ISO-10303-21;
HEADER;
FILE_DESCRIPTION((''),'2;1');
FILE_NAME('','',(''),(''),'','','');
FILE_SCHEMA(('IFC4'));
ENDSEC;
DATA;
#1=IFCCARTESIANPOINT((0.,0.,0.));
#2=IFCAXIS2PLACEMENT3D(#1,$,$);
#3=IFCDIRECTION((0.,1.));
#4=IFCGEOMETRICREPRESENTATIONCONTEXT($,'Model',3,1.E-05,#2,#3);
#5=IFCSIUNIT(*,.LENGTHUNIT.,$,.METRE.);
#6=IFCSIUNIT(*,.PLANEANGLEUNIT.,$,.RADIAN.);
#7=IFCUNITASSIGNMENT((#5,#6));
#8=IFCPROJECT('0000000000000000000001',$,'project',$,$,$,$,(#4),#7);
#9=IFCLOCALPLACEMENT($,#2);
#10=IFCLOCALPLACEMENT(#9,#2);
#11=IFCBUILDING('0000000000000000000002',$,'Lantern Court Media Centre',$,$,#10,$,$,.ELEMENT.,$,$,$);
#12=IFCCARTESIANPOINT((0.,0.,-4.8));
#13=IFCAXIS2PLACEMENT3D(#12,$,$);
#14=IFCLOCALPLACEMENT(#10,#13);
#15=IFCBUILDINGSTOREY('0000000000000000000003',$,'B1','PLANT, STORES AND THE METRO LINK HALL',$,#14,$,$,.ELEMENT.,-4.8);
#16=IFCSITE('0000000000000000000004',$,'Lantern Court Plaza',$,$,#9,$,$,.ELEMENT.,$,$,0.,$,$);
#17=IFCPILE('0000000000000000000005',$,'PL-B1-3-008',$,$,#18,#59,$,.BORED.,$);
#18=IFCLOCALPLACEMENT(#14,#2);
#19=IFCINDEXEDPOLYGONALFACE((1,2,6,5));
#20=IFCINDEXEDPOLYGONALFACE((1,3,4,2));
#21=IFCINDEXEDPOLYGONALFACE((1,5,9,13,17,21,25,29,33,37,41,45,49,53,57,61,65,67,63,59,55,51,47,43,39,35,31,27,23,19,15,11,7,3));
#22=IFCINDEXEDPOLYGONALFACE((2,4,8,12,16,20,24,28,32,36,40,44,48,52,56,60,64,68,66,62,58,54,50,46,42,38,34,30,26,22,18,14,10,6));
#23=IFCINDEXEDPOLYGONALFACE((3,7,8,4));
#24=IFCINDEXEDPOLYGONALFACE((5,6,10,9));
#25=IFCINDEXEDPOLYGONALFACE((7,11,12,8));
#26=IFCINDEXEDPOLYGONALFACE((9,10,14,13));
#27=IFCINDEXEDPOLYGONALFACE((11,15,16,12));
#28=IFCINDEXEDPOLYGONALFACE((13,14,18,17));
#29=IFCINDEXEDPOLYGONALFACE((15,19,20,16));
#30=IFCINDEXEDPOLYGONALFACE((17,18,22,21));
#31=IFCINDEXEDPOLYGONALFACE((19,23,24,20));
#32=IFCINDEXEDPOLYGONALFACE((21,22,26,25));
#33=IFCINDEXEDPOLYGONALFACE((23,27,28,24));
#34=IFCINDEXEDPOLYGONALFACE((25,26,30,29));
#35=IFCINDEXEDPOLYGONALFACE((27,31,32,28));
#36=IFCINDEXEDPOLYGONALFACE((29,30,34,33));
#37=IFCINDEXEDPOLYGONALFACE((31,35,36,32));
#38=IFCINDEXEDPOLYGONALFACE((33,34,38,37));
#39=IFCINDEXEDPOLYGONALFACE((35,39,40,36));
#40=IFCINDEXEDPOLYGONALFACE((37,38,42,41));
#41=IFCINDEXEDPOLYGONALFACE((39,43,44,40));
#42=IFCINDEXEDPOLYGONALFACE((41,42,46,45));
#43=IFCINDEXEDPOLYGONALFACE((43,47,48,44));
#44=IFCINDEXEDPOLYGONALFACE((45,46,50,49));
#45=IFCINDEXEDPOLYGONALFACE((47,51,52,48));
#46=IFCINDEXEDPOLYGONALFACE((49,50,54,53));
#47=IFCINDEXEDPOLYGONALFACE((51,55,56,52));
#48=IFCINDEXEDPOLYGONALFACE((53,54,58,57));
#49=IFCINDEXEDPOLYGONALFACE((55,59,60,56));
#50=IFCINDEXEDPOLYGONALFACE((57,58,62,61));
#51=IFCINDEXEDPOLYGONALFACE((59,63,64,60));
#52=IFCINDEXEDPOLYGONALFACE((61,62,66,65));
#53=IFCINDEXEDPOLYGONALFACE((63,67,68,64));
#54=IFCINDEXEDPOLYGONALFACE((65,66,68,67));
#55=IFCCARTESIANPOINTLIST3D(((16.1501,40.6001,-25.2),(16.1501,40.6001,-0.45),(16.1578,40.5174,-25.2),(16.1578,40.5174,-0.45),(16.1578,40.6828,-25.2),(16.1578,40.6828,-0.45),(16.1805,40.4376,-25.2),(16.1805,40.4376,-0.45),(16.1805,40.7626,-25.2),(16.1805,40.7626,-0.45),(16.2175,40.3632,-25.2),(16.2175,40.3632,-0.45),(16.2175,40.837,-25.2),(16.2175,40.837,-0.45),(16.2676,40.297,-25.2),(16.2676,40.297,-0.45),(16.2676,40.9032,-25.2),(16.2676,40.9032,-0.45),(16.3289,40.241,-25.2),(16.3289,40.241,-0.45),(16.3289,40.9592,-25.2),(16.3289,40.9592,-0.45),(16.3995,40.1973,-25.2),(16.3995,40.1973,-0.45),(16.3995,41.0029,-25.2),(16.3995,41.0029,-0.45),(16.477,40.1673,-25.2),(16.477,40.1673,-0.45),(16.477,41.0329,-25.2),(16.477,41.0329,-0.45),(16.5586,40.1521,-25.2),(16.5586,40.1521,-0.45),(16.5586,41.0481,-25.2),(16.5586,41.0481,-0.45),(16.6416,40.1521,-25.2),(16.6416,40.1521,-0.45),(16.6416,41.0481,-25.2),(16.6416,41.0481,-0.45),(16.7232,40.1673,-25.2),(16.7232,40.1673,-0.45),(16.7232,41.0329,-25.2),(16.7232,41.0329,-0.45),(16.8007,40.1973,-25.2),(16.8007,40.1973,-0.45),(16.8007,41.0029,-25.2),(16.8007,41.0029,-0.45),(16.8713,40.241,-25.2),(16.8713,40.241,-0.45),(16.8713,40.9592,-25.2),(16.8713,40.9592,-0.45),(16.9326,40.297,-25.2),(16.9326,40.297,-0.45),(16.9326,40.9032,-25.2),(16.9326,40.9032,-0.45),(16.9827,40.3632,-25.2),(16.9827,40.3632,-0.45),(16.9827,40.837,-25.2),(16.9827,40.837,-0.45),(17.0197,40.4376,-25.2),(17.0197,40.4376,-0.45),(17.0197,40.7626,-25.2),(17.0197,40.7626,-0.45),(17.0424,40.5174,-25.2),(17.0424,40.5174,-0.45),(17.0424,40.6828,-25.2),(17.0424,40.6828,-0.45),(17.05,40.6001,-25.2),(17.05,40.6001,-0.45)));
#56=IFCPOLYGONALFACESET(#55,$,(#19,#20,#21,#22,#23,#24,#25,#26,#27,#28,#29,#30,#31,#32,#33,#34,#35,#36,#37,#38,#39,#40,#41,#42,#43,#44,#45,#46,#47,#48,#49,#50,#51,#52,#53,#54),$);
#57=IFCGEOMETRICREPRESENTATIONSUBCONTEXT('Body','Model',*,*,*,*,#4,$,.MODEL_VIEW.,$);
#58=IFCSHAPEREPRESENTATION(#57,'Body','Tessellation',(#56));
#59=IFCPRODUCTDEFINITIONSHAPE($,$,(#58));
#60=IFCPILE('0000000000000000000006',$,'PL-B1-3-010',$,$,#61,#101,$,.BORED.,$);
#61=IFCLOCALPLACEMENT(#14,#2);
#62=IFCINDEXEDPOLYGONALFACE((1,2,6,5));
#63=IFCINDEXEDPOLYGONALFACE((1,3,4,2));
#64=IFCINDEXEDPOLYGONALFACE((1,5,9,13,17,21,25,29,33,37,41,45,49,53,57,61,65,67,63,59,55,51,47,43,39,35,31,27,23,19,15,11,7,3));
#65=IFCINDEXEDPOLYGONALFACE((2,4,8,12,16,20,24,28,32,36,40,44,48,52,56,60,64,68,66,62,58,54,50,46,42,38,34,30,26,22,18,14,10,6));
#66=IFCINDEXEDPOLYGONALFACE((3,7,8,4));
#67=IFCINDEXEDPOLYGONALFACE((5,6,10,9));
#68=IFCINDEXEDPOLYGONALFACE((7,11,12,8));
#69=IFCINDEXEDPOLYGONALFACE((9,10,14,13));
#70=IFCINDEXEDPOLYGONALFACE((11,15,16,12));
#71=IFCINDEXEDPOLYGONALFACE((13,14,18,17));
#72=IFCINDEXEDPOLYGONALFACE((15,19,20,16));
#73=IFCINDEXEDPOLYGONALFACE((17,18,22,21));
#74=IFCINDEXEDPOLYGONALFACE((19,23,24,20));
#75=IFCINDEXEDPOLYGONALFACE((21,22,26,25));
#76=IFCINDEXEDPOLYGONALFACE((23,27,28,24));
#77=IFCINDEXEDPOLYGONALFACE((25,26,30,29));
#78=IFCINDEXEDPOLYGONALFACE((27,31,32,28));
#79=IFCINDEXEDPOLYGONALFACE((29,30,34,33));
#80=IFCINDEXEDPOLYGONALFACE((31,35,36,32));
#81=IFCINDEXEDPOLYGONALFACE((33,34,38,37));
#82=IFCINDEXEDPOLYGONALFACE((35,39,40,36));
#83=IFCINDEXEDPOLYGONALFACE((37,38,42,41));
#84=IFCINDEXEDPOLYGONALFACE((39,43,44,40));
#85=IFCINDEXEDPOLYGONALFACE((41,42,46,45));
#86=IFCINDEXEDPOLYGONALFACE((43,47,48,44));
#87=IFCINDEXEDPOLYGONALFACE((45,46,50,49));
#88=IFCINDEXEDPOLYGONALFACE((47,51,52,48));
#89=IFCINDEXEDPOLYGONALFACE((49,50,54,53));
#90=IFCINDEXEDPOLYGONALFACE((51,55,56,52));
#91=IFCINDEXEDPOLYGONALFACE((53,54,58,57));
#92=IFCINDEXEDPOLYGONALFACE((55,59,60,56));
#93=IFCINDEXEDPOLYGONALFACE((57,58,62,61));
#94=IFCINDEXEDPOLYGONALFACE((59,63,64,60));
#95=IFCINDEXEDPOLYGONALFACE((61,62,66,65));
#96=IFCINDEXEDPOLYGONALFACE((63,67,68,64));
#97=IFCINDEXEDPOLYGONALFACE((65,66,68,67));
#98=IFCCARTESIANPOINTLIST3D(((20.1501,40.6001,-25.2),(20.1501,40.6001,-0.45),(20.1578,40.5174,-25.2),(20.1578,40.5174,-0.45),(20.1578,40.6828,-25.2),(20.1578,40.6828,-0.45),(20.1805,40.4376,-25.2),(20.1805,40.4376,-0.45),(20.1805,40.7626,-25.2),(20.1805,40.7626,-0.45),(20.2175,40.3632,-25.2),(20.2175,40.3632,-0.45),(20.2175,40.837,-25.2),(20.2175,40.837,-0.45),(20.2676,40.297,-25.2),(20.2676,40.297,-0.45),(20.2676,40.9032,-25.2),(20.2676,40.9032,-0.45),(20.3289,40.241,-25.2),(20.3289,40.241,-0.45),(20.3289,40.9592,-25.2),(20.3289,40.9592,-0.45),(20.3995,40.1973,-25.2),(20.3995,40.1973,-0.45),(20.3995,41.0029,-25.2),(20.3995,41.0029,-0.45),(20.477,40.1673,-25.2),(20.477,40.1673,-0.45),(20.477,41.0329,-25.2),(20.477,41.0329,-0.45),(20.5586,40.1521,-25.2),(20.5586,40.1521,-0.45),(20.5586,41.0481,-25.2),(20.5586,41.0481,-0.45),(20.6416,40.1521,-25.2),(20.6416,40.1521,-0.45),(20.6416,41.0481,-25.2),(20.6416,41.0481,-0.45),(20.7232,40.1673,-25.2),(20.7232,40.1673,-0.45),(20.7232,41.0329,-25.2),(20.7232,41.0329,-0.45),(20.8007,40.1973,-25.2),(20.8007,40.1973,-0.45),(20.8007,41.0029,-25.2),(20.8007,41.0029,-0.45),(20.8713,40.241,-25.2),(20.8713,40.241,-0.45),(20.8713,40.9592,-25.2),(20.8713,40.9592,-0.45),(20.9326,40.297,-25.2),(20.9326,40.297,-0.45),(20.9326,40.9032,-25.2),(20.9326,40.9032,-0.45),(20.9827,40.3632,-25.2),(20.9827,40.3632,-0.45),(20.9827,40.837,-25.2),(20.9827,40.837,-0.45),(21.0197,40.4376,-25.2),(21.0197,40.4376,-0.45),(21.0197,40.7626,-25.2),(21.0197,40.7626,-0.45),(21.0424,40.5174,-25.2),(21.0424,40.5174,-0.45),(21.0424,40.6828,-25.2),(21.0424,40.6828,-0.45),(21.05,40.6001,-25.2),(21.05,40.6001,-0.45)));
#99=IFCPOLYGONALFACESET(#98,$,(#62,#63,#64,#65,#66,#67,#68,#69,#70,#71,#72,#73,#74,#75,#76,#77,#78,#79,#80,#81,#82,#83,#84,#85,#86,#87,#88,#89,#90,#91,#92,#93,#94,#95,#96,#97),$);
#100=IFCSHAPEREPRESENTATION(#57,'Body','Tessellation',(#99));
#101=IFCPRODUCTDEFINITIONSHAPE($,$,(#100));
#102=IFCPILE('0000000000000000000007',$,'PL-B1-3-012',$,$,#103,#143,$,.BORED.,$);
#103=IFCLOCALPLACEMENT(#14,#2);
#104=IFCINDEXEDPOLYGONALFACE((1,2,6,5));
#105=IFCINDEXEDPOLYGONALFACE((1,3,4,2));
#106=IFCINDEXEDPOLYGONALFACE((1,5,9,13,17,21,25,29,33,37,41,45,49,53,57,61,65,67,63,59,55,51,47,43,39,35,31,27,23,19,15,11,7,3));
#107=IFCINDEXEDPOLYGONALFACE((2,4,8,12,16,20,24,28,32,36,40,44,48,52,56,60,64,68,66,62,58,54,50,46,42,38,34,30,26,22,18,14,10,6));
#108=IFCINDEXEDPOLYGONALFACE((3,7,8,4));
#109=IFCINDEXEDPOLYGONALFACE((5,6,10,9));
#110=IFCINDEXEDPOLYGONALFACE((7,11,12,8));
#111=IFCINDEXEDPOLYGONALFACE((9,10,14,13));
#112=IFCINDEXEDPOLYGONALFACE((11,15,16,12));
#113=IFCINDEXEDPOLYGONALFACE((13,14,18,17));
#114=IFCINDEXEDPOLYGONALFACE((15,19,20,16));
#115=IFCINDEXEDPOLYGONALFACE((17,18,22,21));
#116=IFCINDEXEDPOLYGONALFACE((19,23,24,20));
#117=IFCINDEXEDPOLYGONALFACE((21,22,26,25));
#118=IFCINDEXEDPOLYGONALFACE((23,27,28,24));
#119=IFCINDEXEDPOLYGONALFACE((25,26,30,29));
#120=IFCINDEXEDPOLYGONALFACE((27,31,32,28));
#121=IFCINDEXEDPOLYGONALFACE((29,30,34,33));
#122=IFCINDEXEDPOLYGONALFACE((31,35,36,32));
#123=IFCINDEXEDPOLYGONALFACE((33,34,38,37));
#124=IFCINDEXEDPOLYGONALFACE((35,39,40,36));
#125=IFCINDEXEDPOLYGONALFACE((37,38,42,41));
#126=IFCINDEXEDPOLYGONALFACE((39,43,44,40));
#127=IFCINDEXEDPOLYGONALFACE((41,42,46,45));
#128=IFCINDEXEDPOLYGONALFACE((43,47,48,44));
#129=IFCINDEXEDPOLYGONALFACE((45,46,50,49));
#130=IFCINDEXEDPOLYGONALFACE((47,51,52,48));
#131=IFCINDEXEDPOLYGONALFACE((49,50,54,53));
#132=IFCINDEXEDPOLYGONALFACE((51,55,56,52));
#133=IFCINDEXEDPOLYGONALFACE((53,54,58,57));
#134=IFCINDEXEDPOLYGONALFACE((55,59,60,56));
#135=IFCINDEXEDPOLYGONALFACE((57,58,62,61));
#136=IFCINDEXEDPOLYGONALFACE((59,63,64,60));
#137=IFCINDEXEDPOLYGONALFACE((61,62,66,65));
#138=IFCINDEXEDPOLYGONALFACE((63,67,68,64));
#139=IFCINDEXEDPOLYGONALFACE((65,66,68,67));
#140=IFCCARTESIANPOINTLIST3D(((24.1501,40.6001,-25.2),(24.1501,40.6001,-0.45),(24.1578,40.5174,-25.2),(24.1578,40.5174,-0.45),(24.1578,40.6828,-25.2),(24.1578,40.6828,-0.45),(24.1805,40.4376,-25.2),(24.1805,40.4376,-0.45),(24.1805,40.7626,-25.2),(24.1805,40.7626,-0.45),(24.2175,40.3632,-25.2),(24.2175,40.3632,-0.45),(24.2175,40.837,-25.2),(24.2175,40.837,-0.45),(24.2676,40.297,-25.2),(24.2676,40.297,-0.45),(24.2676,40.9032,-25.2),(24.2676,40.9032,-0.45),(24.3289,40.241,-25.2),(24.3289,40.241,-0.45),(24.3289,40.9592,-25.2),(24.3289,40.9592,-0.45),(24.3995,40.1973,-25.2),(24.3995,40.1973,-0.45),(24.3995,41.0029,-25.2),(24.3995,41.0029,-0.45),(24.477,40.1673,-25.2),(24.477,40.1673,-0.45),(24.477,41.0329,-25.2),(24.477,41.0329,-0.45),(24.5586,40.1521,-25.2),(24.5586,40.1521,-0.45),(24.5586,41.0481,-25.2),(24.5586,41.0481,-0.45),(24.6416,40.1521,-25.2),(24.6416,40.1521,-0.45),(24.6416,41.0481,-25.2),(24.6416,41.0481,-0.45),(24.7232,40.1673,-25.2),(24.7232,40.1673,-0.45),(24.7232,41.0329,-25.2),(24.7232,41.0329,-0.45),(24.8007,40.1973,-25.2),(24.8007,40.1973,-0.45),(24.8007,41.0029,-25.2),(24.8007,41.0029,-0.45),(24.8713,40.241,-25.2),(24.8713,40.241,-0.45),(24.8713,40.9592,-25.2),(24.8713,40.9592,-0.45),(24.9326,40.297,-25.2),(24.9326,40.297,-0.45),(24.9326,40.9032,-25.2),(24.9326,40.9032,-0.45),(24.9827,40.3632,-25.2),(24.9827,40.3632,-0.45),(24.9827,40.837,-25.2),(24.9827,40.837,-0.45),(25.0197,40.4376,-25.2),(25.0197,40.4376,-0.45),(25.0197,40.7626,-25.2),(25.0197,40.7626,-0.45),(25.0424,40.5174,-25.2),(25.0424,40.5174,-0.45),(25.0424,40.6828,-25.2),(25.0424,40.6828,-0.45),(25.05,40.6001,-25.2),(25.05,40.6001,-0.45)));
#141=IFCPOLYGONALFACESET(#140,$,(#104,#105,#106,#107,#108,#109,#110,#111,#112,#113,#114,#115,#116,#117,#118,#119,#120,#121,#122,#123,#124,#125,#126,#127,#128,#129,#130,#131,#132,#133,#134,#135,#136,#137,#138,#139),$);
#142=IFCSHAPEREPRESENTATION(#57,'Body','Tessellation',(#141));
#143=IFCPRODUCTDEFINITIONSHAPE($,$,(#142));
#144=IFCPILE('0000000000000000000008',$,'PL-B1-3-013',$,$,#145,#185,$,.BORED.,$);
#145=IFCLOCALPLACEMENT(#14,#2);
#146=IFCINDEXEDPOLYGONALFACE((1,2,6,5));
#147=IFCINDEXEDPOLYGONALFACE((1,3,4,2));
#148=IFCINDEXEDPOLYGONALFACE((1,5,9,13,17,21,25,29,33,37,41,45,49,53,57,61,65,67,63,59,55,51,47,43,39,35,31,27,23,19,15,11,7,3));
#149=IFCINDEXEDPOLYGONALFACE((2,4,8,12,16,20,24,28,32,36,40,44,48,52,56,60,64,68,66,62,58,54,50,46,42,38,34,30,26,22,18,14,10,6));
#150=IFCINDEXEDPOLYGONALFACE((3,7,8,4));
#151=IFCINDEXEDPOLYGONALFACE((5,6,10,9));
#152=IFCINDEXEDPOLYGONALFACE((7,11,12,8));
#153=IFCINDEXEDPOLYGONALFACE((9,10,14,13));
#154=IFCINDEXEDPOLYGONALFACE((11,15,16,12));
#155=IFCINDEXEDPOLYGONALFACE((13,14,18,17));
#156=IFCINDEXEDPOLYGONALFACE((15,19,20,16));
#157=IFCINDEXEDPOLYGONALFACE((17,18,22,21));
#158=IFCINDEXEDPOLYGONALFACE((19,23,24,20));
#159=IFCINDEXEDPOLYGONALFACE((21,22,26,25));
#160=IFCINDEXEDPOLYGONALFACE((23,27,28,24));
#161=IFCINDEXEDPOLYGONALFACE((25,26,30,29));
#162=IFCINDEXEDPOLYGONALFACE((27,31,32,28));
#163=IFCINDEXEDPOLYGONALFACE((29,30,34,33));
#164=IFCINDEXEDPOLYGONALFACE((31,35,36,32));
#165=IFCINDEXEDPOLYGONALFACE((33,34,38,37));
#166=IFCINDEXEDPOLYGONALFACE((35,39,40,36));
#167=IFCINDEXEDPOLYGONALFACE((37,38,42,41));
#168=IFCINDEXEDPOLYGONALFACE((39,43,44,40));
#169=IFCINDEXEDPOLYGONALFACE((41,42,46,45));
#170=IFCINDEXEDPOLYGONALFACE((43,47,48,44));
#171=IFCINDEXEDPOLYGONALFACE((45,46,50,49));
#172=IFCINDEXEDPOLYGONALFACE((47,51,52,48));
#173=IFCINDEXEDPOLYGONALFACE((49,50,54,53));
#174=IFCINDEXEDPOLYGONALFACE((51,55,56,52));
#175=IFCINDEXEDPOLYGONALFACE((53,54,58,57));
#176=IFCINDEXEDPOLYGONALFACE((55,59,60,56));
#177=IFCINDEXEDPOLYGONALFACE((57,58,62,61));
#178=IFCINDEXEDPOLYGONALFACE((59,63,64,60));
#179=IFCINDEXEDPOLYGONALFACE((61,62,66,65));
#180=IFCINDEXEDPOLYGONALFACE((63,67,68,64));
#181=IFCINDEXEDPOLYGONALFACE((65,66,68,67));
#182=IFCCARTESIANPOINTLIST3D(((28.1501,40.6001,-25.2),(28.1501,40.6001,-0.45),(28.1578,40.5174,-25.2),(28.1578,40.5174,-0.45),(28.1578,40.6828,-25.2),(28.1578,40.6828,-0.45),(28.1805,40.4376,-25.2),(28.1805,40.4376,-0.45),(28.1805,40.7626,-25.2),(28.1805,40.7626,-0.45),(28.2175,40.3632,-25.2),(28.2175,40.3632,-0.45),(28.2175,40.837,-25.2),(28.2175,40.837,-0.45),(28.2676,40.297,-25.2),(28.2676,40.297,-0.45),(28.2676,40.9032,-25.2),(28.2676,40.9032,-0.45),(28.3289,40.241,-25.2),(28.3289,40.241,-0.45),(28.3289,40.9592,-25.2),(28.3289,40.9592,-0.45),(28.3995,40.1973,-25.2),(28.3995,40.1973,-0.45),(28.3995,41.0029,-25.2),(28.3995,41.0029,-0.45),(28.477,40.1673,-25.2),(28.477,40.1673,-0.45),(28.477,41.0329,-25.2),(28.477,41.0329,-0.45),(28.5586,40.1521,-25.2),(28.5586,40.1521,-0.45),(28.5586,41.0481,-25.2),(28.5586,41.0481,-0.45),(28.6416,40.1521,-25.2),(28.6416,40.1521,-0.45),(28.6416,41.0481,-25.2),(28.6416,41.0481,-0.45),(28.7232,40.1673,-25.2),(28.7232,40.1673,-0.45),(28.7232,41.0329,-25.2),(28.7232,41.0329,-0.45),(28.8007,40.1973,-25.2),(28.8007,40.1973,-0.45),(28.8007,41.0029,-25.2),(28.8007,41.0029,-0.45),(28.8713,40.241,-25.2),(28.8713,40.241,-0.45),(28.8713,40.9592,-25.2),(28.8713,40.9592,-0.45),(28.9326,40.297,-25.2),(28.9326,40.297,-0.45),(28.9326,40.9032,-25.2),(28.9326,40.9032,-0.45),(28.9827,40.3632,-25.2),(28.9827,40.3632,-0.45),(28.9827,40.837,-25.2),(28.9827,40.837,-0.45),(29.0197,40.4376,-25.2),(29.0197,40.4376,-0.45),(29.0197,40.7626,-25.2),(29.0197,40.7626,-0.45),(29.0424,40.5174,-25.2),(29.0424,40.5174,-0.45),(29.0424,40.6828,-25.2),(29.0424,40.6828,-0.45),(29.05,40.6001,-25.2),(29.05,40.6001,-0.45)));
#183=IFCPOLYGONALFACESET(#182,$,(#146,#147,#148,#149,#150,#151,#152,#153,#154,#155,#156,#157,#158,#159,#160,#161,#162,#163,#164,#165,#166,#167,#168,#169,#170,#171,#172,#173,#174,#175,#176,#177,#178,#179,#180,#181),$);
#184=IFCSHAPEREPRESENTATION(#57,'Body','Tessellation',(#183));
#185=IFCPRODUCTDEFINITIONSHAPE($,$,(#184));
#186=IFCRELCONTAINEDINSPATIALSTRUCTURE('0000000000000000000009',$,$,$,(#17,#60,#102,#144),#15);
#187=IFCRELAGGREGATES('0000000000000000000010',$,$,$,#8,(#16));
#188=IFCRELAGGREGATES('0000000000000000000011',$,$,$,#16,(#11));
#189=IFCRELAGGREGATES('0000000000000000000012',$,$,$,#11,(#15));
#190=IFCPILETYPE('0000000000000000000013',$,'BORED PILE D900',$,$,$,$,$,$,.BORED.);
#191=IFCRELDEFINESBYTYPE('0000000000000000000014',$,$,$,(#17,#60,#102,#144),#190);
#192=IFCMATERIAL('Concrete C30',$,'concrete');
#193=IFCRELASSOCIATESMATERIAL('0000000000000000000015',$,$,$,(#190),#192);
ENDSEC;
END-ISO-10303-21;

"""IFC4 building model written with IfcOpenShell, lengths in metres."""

from ifc_helpers import new_model, si_unit, direction, frame, origin, origin_2d, place, context, subcontext, project, spatial, circle, extrude, material, material_profile, profile_set, type_object, element, save


model = new_model("IFC4")

# Units and contexts
model_context = context("Model", 3, precision=1e-05, world=origin(), true_north=direction((0.0, 1.0)))
body_context = subcontext(model_context, "Body", "Model", "MODEL_VIEW")
ifc_project = project(units=[si_unit("LENGTHUNIT", "METRE"), si_unit("PLANEANGLEUNIT", "RADIAN")], contexts=[model_context])

# Site, building, storey
site_placement = place(None, origin())
site = spatial("IfcSite", under=ifc_project, at=site_placement, Name="Lantern Court Plaza", CompositionType="ELEMENT", RefElevation=0.0)
building_placement = place(site_placement, origin())
building = spatial("IfcBuilding", under=site, at=building_placement, Name="Lantern Court Media Centre", CompositionType="ELEMENT")
storey_placement = place(building_placement, frame((0.0, 0.0, -4.8)))
storey = spatial("IfcBuildingStorey", under=building, at=storey_placement, Name="B1", Description="PLANT, STORES AND THE METRO LINK HALL", CompositionType="ELEMENT", Elevation=-4.8)

# Piles
ifc_material_1 = material(Name="Concrete C30", Category="concrete")
ifc_material_profile_1 = material_profile(ifc_material_1, circle(Radius=0.45, at=origin_2d()), Name="D900")
ifc_profile_set_1 = profile_set([ifc_material_profile_1], Name="Concrete C30")
pile_type = type_object("IfcPileType", Name="BORED PILE D900", PredefinedType="BORED", material=ifc_profile_set_1)
for number, where, z_axis, x_axis, name in (
    (1, (16.6001, 40.6001, -0.45), (0.0, 0.0, -1.0), (1.0, 0.0, 0.0), "PL-B1-3-008"),
    (2, (20.6001, 40.6001, -0.45), (0.0, 0.0, -1.0), (1.0, 0.0, 0.0), "PL-B1-3-010"),
    (3, (24.6001, 40.6001, -0.45), (0.0, 0.0, -1.0), (1.0, 0.0, 0.0), "PL-B1-3-012"),
    (4, (28.6001, 40.6001, -0.45), (0.0, 0.0, -1.0), (1.0, 0.0, 0.0), "PL-B1-3-013"),
):
    element("IfcPile", number, at=place(storey_placement, frame(where, z_axis=z_axis, x_axis=x_axis)), inside=storey, type_object=pile_type, Name=name, PredefinedType="BORED", context=body_context, shape_type="SweptSolid", body=[
        extrude(circle(Radius=0.45, at=origin_2d()), origin(), (0.0, 0.0, 1.0), 24.75),
    ])

save(model, "model.ifc")
